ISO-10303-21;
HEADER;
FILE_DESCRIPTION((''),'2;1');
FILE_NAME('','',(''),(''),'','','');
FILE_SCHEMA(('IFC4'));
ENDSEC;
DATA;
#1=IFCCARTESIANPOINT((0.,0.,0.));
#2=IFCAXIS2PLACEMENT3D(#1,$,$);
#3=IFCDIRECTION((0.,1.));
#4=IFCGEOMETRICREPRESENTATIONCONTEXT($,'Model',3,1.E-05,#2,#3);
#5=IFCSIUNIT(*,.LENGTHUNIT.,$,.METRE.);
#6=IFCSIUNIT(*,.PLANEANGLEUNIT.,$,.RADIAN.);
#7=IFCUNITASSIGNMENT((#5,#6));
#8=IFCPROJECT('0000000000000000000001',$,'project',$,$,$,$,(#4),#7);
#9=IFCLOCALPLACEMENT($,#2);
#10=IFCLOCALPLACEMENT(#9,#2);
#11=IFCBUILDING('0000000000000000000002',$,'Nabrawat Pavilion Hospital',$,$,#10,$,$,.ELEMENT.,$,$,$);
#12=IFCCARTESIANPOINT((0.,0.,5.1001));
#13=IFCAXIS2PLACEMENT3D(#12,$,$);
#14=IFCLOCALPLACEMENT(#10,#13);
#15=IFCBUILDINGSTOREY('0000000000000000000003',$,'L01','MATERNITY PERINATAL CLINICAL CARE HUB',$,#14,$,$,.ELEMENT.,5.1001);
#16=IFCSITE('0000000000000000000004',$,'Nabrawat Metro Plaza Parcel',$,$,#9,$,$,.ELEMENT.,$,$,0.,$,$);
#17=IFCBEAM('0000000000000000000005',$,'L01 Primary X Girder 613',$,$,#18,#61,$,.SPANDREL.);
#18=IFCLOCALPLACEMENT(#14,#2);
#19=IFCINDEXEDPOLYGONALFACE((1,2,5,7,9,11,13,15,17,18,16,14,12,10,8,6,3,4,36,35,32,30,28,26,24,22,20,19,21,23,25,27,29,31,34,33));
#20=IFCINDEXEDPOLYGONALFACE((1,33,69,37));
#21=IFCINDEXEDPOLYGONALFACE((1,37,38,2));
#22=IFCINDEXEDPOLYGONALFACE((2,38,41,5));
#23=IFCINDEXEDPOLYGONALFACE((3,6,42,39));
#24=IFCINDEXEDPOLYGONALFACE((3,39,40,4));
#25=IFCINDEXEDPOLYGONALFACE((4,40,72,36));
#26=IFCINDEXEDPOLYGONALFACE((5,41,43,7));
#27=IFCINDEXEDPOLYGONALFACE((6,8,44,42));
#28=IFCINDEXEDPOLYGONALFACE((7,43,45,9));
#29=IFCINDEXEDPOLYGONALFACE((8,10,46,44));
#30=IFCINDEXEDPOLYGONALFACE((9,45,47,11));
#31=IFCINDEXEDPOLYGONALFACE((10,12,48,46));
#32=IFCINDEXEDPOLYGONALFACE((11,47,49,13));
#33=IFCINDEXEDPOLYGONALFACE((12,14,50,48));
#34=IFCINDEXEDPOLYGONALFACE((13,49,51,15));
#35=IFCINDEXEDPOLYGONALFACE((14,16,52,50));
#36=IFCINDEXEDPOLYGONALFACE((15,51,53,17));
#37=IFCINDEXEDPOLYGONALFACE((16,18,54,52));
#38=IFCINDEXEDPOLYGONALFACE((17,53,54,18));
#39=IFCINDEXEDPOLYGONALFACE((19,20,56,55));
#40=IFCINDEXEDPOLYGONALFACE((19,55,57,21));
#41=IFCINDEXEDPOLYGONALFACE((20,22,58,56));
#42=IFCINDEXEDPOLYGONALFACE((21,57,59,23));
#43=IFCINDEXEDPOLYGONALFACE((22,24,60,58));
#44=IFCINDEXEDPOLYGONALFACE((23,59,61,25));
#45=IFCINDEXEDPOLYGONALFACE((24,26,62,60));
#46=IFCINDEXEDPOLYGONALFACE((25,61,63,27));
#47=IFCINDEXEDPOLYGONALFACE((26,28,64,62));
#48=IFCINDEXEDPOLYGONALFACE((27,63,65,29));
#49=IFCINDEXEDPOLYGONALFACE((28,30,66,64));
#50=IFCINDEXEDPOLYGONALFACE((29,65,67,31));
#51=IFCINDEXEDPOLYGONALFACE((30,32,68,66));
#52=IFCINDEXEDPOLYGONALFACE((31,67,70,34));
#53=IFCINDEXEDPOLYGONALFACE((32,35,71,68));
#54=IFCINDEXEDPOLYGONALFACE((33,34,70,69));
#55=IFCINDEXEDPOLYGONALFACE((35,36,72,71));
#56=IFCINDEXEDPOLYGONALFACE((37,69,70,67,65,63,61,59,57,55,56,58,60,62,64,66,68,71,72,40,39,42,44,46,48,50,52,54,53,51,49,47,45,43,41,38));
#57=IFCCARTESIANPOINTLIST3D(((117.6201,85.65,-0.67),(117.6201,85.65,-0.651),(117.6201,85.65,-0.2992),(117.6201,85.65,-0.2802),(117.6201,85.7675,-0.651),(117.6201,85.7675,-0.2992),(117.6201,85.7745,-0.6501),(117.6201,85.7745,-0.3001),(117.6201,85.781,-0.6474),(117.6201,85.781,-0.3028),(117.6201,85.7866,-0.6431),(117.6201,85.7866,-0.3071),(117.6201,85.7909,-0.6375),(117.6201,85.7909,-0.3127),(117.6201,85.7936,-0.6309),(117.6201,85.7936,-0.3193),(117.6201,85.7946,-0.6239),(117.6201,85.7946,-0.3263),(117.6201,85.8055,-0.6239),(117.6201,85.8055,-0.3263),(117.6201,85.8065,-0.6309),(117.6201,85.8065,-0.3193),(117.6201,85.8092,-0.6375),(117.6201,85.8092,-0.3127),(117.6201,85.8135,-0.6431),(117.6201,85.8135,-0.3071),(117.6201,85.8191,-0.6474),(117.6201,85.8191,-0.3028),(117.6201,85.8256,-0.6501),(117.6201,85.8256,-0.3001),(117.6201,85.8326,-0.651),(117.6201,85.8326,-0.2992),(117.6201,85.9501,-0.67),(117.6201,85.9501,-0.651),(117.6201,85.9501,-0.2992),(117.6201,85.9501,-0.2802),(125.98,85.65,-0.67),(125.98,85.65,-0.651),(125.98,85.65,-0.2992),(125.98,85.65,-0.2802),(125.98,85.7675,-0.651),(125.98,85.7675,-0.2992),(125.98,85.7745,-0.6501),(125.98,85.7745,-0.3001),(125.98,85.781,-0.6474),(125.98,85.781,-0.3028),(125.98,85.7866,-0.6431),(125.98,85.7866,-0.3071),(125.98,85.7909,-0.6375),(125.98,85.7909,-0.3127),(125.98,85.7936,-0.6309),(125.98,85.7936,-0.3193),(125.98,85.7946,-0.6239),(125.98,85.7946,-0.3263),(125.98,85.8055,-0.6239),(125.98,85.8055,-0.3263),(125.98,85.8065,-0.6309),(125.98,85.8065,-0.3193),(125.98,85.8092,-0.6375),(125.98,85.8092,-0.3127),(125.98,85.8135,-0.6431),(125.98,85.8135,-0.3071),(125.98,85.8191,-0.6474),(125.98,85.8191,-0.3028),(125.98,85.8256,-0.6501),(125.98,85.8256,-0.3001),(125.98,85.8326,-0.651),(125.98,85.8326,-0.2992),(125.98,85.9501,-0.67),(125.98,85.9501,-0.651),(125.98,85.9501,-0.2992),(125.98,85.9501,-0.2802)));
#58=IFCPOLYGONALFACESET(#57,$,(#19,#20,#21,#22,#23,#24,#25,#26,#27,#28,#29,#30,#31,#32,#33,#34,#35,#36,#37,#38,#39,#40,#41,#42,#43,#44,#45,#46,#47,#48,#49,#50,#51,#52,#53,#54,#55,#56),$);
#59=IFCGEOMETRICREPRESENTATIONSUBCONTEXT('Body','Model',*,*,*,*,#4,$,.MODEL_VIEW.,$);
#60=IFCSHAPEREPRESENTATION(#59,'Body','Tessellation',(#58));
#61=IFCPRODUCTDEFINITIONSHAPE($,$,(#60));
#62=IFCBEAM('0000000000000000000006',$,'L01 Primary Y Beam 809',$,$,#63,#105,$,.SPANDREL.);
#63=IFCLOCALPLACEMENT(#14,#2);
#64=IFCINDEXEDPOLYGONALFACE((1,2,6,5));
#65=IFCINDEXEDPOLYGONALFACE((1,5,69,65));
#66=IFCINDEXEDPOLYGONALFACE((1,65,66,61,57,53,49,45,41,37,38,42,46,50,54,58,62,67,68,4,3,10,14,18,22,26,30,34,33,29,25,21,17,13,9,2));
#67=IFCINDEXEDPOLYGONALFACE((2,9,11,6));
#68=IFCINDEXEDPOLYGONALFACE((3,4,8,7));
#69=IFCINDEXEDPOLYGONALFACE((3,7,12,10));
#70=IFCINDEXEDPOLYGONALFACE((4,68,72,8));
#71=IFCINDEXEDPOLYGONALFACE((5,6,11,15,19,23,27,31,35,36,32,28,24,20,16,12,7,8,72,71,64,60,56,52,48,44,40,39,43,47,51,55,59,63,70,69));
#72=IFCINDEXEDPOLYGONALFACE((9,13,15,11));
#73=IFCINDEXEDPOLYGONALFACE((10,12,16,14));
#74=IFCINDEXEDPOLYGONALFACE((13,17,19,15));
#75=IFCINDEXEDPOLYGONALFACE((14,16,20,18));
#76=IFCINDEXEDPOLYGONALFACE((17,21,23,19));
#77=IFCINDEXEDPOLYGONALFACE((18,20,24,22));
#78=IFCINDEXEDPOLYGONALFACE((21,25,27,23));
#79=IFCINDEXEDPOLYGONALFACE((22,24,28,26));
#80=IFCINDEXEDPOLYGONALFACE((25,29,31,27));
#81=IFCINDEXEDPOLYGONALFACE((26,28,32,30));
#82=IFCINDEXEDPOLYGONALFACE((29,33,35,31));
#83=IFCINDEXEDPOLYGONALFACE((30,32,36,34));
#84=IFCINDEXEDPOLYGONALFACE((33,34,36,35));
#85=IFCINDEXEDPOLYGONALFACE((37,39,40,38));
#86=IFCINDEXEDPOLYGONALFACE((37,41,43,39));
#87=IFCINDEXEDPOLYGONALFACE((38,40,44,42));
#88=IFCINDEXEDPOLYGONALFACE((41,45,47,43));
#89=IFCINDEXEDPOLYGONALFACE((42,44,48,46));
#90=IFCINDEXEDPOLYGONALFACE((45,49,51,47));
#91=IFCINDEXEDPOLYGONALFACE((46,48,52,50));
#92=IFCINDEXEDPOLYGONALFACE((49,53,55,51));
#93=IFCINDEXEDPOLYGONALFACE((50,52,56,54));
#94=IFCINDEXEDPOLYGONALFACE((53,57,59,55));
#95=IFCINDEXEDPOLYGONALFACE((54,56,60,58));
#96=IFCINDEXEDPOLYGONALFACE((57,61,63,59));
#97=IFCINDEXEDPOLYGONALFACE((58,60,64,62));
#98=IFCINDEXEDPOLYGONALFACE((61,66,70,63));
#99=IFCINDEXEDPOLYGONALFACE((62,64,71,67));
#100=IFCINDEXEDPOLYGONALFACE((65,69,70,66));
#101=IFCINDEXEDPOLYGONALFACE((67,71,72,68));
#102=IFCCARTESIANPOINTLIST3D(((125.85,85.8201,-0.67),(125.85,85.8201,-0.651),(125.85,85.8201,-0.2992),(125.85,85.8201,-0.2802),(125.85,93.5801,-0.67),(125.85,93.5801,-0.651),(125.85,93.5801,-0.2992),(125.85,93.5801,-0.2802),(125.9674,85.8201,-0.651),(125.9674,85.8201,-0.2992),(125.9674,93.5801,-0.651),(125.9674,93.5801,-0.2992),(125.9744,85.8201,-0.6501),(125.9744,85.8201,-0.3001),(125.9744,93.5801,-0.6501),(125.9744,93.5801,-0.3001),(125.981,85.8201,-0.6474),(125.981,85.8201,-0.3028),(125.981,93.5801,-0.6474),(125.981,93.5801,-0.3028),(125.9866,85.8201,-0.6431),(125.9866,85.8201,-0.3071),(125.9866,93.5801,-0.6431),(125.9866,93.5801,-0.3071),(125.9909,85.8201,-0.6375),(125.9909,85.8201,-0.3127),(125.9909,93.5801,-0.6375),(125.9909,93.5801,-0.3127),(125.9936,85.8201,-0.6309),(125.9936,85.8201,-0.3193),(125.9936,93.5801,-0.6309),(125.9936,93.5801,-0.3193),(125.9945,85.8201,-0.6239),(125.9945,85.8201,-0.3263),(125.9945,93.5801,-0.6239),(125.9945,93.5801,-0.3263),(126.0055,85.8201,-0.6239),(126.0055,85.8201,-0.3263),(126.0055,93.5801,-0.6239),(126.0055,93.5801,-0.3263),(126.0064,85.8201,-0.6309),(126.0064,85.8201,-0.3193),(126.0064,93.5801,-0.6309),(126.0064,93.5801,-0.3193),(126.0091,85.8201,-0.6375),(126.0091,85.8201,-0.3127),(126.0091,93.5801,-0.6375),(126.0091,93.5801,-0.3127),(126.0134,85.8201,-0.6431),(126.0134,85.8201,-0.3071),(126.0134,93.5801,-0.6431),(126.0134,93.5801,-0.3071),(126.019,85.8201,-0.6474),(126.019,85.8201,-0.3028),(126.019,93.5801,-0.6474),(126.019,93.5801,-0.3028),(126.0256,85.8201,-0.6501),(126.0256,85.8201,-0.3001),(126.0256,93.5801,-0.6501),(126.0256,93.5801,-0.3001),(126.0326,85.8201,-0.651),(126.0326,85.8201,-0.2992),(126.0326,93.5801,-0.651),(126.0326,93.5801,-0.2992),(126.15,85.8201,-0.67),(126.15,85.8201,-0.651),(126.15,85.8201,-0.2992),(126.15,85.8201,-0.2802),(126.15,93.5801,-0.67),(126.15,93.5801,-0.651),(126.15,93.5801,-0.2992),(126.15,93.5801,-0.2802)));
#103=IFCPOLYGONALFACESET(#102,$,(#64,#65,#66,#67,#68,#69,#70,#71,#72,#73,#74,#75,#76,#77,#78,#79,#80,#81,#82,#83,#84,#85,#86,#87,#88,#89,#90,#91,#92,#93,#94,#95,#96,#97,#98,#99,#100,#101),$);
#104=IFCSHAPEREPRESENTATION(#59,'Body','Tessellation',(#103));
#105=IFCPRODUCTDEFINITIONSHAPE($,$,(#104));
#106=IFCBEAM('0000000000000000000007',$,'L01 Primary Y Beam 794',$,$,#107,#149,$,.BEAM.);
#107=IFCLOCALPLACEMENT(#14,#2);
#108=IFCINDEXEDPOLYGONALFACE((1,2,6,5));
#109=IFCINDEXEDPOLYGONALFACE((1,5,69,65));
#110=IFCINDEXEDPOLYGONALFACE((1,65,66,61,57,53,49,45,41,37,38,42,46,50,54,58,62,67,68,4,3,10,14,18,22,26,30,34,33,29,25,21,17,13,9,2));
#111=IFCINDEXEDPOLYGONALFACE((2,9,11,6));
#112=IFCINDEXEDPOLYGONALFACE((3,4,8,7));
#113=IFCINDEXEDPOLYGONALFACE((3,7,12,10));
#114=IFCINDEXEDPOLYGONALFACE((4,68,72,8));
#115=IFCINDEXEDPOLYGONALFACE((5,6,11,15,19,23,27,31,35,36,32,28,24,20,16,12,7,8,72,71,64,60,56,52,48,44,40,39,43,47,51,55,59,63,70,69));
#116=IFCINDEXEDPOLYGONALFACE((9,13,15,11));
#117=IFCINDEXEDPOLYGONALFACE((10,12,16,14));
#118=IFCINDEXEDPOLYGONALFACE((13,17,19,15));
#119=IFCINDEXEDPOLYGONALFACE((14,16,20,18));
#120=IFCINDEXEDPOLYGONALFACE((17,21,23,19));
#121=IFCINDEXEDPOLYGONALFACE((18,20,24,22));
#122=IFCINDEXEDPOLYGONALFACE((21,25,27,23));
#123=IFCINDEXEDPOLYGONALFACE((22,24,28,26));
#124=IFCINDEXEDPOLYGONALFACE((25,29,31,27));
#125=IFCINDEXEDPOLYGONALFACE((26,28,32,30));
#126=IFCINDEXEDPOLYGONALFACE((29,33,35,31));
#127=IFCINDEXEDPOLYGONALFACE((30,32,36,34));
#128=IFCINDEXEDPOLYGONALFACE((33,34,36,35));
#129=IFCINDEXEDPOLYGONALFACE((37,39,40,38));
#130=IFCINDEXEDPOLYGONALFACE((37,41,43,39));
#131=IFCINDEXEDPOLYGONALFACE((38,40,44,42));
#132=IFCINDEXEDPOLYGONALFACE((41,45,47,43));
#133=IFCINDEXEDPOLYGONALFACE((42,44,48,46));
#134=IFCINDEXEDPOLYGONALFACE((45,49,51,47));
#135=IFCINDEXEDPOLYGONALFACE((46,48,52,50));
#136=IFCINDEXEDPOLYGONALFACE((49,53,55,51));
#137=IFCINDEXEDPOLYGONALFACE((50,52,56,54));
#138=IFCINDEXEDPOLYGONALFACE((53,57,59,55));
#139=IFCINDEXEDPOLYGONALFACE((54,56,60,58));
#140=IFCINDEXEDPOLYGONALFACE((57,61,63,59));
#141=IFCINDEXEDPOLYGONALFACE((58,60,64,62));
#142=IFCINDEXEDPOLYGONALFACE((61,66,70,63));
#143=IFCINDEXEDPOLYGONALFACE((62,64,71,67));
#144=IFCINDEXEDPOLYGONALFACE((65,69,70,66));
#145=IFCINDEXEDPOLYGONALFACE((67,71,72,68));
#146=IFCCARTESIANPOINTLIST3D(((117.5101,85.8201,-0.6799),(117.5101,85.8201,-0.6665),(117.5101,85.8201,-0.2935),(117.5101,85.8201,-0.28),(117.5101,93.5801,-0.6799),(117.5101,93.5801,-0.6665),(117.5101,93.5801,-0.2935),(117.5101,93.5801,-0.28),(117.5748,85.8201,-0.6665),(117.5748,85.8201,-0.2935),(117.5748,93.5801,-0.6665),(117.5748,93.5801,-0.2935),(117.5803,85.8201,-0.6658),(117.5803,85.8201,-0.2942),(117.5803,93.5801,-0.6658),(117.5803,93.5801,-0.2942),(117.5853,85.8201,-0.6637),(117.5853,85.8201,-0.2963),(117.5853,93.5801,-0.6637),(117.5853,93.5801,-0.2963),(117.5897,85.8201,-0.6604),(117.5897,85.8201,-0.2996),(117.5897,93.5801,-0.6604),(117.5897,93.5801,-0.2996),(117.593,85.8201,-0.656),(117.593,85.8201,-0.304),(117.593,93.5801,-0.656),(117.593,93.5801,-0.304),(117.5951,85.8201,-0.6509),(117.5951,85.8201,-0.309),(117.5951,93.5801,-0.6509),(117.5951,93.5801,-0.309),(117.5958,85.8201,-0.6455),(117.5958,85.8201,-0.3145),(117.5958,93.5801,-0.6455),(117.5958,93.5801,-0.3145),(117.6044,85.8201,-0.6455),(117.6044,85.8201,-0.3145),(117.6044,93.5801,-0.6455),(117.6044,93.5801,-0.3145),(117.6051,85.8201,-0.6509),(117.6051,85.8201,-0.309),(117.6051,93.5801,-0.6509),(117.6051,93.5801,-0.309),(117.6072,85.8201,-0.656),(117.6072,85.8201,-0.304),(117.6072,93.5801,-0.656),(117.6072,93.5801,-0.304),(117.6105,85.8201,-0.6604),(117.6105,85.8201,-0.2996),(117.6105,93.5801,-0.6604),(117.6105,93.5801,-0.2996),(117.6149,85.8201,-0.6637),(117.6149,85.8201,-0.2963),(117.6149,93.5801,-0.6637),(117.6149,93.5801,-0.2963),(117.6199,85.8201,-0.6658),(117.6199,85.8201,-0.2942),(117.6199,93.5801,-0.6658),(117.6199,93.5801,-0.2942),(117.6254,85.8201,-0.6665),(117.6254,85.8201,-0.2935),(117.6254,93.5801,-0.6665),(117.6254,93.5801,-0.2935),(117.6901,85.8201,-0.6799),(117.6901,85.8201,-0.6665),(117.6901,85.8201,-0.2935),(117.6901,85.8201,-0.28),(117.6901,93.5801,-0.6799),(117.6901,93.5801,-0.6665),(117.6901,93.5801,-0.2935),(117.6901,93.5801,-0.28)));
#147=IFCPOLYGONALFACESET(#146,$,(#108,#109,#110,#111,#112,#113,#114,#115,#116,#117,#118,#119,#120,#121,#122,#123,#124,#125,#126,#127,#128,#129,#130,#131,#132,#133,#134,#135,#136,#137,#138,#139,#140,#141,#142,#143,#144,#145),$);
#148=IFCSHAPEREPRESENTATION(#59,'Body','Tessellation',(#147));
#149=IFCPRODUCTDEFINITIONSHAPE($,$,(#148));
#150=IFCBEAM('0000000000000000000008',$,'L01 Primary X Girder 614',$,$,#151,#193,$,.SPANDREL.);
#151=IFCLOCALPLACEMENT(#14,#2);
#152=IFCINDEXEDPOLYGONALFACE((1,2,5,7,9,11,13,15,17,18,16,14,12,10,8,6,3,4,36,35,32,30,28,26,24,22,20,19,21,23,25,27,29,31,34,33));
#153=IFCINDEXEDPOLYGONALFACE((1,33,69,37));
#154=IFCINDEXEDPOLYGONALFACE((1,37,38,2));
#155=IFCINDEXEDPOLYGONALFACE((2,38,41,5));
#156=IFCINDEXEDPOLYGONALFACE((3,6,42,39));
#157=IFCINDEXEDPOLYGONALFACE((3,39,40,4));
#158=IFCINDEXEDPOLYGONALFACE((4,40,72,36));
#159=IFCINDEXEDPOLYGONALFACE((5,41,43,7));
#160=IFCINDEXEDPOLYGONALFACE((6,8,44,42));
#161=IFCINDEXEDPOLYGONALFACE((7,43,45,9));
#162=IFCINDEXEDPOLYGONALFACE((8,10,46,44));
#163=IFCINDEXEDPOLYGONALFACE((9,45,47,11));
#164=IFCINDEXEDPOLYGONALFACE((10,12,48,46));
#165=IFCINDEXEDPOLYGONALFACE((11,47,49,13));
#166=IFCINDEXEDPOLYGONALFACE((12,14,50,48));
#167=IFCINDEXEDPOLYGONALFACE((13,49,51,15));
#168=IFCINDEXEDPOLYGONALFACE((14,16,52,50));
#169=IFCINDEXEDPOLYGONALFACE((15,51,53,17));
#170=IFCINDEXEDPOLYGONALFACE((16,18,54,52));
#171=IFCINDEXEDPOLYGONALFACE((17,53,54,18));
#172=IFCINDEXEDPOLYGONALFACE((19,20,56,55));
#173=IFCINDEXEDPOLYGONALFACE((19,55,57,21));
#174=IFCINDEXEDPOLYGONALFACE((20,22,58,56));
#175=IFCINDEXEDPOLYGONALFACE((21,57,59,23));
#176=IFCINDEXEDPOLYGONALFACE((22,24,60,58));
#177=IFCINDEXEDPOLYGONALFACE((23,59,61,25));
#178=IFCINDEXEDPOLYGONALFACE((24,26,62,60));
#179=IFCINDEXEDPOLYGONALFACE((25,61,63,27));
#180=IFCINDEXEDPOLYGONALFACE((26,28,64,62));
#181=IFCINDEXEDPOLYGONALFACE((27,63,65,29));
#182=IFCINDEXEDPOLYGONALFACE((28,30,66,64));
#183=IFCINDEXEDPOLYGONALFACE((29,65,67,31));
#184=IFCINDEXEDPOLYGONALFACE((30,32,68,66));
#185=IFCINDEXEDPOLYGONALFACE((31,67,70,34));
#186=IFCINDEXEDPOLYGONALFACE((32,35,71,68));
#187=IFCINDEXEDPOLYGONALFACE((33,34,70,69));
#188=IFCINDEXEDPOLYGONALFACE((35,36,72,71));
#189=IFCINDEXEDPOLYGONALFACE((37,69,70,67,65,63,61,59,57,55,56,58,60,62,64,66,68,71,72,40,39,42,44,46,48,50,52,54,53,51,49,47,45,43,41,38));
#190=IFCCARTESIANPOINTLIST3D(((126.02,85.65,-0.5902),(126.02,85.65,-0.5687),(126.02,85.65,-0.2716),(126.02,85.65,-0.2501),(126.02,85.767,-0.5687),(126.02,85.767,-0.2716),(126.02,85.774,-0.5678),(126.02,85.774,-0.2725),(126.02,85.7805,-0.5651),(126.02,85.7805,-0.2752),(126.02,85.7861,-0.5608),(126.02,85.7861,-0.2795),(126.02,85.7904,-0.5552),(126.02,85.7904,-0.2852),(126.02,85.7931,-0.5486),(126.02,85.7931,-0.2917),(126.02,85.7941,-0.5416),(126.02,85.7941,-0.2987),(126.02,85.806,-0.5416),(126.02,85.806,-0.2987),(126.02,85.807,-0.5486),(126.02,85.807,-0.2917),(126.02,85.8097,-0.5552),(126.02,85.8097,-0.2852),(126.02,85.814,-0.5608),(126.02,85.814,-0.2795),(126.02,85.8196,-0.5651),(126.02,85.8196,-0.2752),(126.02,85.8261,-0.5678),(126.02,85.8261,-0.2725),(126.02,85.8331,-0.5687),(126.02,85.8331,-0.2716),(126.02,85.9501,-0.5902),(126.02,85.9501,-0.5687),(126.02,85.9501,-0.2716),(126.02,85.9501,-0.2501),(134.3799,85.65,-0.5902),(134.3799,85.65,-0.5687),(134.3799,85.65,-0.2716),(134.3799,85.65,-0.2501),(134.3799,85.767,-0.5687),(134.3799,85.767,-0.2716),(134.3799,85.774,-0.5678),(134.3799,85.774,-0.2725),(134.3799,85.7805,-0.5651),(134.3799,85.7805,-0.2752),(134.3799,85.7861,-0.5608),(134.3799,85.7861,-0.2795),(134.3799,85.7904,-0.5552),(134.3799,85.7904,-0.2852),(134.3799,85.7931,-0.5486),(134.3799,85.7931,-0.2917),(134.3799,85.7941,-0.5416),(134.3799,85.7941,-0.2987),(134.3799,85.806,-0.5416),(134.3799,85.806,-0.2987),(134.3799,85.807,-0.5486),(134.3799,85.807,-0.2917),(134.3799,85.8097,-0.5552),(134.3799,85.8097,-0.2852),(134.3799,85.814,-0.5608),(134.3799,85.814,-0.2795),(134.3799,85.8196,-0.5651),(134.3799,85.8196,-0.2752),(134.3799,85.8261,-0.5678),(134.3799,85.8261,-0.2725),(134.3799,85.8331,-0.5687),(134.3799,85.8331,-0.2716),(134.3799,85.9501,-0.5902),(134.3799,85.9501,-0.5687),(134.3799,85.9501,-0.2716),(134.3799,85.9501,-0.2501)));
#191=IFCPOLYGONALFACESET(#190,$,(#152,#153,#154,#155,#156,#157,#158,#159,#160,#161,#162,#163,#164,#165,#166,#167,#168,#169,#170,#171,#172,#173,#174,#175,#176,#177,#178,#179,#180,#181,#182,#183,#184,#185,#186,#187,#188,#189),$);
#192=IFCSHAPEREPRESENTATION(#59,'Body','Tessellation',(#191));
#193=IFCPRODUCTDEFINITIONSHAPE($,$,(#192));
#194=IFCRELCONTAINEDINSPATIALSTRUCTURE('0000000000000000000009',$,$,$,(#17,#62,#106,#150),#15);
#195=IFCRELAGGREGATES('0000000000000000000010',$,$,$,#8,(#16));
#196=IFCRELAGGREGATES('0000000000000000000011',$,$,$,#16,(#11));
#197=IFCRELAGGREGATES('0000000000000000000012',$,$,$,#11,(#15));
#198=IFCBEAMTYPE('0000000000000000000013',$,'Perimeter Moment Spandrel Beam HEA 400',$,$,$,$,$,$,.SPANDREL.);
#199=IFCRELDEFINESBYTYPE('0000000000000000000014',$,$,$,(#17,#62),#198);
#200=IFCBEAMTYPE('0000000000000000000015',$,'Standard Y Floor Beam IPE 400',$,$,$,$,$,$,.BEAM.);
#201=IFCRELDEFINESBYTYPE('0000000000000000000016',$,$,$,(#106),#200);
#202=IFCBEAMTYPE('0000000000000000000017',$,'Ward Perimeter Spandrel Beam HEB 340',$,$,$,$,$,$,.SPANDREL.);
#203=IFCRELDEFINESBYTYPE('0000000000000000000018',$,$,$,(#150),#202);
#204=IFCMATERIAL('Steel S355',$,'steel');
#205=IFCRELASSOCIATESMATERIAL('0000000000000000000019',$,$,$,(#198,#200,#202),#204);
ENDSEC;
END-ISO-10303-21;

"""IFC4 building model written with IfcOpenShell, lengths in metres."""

from ifc_helpers import new_model, si_unit, direction, frame, origin, origin_2d, place, context, subcontext, project, spatial, i_section, extrude, material, material_profile, profile_set, type_object, element, save


model = new_model("IFC4")

# Units and contexts
model_context = context("Model", 3, precision=1e-05, world=origin(), true_north=direction((0.0, 1.0)))
body_context = subcontext(model_context, "Body", "Model", "MODEL_VIEW")
ifc_project = project(units=[si_unit("LENGTHUNIT", "METRE"), si_unit("PLANEANGLEUNIT", "RADIAN")], contexts=[model_context])

# Site, building, storey
site_placement = place(None, origin())
site = spatial("IfcSite", under=ifc_project, at=site_placement, Name="Nabrawat Metro Plaza Parcel", CompositionType="ELEMENT", RefElevation=0.0)
building_placement = place(site_placement, origin())
building = spatial("IfcBuilding", under=site, at=building_placement, Name="Nabrawat Pavilion Hospital", CompositionType="ELEMENT")
storey_placement = place(building_placement, frame((0.0, 0.0, 5.1001)))
storey = spatial("IfcBuildingStorey", under=building, at=storey_placement, Name="L01", Description="MATERNITY PERINATAL CLINICAL CARE HUB", CompositionType="ELEMENT", Elevation=5.1001)

# Beams
ifc_material_1 = material(Name="Steel S355", Category="steel")
ifc_material_profile_1 = material_profile(ifc_material_1, i_section(OverallWidth=0.3, OverallDepth=0.3899, WebThickness=0.011, FlangeThickness=0.019, FilletRadius=0.0271, at=origin_2d()), Name="HEA 400")
ifc_profile_set_1 = profile_set([ifc_material_profile_1], Name="Steel S355")
beam_type_1 = type_object("IfcBeamType", Name="Perimeter Moment Spandrel Beam HEA 400", PredefinedType="SPANDREL", material=ifc_profile_set_1)
beam_1_placement = place(storey_placement, frame((117.6201, 85.8, -0.4751), z_axis=(1.0, 0.0, 0.0), x_axis=(0.0, 1.0, 0.0)))
element("IfcBeam", 1, at=beam_1_placement, inside=storey, type_object=beam_type_1, Name="L01 Primary X Girder 613", PredefinedType="SPANDREL", context=body_context, shape_type="SweptSolid", body=[
    extrude(i_section(OverallWidth=0.3, OverallDepth=0.3899, WebThickness=0.011, FlangeThickness=0.019, FilletRadius=0.0271, at=origin_2d()), origin(), (0.0, 0.0, 1.0), 8.3599),
])
beam_2_placement = place(storey_placement, frame((126.0, 85.8201, -0.4751), z_axis=(0.0, 1.0, 0.0), x_axis=(-1.0, 0.0, 0.0)))
element("IfcBeam", 2, at=beam_2_placement, inside=storey, type_object=beam_type_1, Name="L01 Primary Y Beam 809", PredefinedType="SPANDREL", context=body_context, shape_type="SweptSolid", body=[
    extrude(i_section(OverallWidth=0.3, OverallDepth=0.3899, WebThickness=0.011, FlangeThickness=0.019, FilletRadius=0.0271, at=origin_2d()), origin(), (0.0, 0.0, 1.0), 7.76),
])
ifc_material_profile_2 = material_profile(ifc_material_1, i_section(OverallWidth=0.1799, OverallDepth=0.3999, WebThickness=0.0085, FlangeThickness=0.0134, FilletRadius=0.021, at=origin_2d()), Name="IPE 400")
ifc_profile_set_2 = profile_set([ifc_material_profile_2], Name="Steel S355")
beam_type_2 = type_object("IfcBeamType", Name="Standard Y Floor Beam IPE 400", PredefinedType="BEAM", material=ifc_profile_set_2)
beam_3_placement = place(storey_placement, frame((117.6001, 85.8201, -0.48), z_axis=(0.0, 1.0, 0.0), x_axis=(-1.0, 0.0, 0.0)))
element("IfcBeam", 3, at=beam_3_placement, inside=storey, type_object=beam_type_2, Name="L01 Primary Y Beam 794", PredefinedType="BEAM", context=body_context, shape_type="SweptSolid", body=[
    extrude(i_section(OverallWidth=0.1799, OverallDepth=0.3999, WebThickness=0.0085, FlangeThickness=0.0134, FilletRadius=0.021, at=origin_2d()), origin(), (0.0, 0.0, 1.0), 7.76),
])
ifc_material_profile_3 = material_profile(ifc_material_1, i_section(OverallWidth=0.3, OverallDepth=0.3401, WebThickness=0.012, FlangeThickness=0.0215, FilletRadius=0.0271, at=origin_2d()), Name="HEB 340")
ifc_profile_set_3 = profile_set([ifc_material_profile_3], Name="Steel S355")
beam_type_3 = type_object("IfcBeamType", Name="Ward Perimeter Spandrel Beam HEB 340", PredefinedType="SPANDREL", material=ifc_profile_set_3)
beam_4_placement = place(storey_placement, frame((126.02, 85.8, -0.4202), z_axis=(1.0, 0.0, 0.0), x_axis=(0.0, 1.0, 0.0)))
element("IfcBeam", 4, at=beam_4_placement, inside=storey, type_object=beam_type_3, Name="L01 Primary X Girder 614", PredefinedType="SPANDREL", context=body_context, shape_type="SweptSolid", body=[
    extrude(i_section(OverallWidth=0.3, OverallDepth=0.3401, WebThickness=0.012, FlangeThickness=0.0215, FilletRadius=0.0271, at=origin_2d()), origin(), (0.0, 0.0, 1.0), 8.3599),
])

save(model, "model.ifc")
